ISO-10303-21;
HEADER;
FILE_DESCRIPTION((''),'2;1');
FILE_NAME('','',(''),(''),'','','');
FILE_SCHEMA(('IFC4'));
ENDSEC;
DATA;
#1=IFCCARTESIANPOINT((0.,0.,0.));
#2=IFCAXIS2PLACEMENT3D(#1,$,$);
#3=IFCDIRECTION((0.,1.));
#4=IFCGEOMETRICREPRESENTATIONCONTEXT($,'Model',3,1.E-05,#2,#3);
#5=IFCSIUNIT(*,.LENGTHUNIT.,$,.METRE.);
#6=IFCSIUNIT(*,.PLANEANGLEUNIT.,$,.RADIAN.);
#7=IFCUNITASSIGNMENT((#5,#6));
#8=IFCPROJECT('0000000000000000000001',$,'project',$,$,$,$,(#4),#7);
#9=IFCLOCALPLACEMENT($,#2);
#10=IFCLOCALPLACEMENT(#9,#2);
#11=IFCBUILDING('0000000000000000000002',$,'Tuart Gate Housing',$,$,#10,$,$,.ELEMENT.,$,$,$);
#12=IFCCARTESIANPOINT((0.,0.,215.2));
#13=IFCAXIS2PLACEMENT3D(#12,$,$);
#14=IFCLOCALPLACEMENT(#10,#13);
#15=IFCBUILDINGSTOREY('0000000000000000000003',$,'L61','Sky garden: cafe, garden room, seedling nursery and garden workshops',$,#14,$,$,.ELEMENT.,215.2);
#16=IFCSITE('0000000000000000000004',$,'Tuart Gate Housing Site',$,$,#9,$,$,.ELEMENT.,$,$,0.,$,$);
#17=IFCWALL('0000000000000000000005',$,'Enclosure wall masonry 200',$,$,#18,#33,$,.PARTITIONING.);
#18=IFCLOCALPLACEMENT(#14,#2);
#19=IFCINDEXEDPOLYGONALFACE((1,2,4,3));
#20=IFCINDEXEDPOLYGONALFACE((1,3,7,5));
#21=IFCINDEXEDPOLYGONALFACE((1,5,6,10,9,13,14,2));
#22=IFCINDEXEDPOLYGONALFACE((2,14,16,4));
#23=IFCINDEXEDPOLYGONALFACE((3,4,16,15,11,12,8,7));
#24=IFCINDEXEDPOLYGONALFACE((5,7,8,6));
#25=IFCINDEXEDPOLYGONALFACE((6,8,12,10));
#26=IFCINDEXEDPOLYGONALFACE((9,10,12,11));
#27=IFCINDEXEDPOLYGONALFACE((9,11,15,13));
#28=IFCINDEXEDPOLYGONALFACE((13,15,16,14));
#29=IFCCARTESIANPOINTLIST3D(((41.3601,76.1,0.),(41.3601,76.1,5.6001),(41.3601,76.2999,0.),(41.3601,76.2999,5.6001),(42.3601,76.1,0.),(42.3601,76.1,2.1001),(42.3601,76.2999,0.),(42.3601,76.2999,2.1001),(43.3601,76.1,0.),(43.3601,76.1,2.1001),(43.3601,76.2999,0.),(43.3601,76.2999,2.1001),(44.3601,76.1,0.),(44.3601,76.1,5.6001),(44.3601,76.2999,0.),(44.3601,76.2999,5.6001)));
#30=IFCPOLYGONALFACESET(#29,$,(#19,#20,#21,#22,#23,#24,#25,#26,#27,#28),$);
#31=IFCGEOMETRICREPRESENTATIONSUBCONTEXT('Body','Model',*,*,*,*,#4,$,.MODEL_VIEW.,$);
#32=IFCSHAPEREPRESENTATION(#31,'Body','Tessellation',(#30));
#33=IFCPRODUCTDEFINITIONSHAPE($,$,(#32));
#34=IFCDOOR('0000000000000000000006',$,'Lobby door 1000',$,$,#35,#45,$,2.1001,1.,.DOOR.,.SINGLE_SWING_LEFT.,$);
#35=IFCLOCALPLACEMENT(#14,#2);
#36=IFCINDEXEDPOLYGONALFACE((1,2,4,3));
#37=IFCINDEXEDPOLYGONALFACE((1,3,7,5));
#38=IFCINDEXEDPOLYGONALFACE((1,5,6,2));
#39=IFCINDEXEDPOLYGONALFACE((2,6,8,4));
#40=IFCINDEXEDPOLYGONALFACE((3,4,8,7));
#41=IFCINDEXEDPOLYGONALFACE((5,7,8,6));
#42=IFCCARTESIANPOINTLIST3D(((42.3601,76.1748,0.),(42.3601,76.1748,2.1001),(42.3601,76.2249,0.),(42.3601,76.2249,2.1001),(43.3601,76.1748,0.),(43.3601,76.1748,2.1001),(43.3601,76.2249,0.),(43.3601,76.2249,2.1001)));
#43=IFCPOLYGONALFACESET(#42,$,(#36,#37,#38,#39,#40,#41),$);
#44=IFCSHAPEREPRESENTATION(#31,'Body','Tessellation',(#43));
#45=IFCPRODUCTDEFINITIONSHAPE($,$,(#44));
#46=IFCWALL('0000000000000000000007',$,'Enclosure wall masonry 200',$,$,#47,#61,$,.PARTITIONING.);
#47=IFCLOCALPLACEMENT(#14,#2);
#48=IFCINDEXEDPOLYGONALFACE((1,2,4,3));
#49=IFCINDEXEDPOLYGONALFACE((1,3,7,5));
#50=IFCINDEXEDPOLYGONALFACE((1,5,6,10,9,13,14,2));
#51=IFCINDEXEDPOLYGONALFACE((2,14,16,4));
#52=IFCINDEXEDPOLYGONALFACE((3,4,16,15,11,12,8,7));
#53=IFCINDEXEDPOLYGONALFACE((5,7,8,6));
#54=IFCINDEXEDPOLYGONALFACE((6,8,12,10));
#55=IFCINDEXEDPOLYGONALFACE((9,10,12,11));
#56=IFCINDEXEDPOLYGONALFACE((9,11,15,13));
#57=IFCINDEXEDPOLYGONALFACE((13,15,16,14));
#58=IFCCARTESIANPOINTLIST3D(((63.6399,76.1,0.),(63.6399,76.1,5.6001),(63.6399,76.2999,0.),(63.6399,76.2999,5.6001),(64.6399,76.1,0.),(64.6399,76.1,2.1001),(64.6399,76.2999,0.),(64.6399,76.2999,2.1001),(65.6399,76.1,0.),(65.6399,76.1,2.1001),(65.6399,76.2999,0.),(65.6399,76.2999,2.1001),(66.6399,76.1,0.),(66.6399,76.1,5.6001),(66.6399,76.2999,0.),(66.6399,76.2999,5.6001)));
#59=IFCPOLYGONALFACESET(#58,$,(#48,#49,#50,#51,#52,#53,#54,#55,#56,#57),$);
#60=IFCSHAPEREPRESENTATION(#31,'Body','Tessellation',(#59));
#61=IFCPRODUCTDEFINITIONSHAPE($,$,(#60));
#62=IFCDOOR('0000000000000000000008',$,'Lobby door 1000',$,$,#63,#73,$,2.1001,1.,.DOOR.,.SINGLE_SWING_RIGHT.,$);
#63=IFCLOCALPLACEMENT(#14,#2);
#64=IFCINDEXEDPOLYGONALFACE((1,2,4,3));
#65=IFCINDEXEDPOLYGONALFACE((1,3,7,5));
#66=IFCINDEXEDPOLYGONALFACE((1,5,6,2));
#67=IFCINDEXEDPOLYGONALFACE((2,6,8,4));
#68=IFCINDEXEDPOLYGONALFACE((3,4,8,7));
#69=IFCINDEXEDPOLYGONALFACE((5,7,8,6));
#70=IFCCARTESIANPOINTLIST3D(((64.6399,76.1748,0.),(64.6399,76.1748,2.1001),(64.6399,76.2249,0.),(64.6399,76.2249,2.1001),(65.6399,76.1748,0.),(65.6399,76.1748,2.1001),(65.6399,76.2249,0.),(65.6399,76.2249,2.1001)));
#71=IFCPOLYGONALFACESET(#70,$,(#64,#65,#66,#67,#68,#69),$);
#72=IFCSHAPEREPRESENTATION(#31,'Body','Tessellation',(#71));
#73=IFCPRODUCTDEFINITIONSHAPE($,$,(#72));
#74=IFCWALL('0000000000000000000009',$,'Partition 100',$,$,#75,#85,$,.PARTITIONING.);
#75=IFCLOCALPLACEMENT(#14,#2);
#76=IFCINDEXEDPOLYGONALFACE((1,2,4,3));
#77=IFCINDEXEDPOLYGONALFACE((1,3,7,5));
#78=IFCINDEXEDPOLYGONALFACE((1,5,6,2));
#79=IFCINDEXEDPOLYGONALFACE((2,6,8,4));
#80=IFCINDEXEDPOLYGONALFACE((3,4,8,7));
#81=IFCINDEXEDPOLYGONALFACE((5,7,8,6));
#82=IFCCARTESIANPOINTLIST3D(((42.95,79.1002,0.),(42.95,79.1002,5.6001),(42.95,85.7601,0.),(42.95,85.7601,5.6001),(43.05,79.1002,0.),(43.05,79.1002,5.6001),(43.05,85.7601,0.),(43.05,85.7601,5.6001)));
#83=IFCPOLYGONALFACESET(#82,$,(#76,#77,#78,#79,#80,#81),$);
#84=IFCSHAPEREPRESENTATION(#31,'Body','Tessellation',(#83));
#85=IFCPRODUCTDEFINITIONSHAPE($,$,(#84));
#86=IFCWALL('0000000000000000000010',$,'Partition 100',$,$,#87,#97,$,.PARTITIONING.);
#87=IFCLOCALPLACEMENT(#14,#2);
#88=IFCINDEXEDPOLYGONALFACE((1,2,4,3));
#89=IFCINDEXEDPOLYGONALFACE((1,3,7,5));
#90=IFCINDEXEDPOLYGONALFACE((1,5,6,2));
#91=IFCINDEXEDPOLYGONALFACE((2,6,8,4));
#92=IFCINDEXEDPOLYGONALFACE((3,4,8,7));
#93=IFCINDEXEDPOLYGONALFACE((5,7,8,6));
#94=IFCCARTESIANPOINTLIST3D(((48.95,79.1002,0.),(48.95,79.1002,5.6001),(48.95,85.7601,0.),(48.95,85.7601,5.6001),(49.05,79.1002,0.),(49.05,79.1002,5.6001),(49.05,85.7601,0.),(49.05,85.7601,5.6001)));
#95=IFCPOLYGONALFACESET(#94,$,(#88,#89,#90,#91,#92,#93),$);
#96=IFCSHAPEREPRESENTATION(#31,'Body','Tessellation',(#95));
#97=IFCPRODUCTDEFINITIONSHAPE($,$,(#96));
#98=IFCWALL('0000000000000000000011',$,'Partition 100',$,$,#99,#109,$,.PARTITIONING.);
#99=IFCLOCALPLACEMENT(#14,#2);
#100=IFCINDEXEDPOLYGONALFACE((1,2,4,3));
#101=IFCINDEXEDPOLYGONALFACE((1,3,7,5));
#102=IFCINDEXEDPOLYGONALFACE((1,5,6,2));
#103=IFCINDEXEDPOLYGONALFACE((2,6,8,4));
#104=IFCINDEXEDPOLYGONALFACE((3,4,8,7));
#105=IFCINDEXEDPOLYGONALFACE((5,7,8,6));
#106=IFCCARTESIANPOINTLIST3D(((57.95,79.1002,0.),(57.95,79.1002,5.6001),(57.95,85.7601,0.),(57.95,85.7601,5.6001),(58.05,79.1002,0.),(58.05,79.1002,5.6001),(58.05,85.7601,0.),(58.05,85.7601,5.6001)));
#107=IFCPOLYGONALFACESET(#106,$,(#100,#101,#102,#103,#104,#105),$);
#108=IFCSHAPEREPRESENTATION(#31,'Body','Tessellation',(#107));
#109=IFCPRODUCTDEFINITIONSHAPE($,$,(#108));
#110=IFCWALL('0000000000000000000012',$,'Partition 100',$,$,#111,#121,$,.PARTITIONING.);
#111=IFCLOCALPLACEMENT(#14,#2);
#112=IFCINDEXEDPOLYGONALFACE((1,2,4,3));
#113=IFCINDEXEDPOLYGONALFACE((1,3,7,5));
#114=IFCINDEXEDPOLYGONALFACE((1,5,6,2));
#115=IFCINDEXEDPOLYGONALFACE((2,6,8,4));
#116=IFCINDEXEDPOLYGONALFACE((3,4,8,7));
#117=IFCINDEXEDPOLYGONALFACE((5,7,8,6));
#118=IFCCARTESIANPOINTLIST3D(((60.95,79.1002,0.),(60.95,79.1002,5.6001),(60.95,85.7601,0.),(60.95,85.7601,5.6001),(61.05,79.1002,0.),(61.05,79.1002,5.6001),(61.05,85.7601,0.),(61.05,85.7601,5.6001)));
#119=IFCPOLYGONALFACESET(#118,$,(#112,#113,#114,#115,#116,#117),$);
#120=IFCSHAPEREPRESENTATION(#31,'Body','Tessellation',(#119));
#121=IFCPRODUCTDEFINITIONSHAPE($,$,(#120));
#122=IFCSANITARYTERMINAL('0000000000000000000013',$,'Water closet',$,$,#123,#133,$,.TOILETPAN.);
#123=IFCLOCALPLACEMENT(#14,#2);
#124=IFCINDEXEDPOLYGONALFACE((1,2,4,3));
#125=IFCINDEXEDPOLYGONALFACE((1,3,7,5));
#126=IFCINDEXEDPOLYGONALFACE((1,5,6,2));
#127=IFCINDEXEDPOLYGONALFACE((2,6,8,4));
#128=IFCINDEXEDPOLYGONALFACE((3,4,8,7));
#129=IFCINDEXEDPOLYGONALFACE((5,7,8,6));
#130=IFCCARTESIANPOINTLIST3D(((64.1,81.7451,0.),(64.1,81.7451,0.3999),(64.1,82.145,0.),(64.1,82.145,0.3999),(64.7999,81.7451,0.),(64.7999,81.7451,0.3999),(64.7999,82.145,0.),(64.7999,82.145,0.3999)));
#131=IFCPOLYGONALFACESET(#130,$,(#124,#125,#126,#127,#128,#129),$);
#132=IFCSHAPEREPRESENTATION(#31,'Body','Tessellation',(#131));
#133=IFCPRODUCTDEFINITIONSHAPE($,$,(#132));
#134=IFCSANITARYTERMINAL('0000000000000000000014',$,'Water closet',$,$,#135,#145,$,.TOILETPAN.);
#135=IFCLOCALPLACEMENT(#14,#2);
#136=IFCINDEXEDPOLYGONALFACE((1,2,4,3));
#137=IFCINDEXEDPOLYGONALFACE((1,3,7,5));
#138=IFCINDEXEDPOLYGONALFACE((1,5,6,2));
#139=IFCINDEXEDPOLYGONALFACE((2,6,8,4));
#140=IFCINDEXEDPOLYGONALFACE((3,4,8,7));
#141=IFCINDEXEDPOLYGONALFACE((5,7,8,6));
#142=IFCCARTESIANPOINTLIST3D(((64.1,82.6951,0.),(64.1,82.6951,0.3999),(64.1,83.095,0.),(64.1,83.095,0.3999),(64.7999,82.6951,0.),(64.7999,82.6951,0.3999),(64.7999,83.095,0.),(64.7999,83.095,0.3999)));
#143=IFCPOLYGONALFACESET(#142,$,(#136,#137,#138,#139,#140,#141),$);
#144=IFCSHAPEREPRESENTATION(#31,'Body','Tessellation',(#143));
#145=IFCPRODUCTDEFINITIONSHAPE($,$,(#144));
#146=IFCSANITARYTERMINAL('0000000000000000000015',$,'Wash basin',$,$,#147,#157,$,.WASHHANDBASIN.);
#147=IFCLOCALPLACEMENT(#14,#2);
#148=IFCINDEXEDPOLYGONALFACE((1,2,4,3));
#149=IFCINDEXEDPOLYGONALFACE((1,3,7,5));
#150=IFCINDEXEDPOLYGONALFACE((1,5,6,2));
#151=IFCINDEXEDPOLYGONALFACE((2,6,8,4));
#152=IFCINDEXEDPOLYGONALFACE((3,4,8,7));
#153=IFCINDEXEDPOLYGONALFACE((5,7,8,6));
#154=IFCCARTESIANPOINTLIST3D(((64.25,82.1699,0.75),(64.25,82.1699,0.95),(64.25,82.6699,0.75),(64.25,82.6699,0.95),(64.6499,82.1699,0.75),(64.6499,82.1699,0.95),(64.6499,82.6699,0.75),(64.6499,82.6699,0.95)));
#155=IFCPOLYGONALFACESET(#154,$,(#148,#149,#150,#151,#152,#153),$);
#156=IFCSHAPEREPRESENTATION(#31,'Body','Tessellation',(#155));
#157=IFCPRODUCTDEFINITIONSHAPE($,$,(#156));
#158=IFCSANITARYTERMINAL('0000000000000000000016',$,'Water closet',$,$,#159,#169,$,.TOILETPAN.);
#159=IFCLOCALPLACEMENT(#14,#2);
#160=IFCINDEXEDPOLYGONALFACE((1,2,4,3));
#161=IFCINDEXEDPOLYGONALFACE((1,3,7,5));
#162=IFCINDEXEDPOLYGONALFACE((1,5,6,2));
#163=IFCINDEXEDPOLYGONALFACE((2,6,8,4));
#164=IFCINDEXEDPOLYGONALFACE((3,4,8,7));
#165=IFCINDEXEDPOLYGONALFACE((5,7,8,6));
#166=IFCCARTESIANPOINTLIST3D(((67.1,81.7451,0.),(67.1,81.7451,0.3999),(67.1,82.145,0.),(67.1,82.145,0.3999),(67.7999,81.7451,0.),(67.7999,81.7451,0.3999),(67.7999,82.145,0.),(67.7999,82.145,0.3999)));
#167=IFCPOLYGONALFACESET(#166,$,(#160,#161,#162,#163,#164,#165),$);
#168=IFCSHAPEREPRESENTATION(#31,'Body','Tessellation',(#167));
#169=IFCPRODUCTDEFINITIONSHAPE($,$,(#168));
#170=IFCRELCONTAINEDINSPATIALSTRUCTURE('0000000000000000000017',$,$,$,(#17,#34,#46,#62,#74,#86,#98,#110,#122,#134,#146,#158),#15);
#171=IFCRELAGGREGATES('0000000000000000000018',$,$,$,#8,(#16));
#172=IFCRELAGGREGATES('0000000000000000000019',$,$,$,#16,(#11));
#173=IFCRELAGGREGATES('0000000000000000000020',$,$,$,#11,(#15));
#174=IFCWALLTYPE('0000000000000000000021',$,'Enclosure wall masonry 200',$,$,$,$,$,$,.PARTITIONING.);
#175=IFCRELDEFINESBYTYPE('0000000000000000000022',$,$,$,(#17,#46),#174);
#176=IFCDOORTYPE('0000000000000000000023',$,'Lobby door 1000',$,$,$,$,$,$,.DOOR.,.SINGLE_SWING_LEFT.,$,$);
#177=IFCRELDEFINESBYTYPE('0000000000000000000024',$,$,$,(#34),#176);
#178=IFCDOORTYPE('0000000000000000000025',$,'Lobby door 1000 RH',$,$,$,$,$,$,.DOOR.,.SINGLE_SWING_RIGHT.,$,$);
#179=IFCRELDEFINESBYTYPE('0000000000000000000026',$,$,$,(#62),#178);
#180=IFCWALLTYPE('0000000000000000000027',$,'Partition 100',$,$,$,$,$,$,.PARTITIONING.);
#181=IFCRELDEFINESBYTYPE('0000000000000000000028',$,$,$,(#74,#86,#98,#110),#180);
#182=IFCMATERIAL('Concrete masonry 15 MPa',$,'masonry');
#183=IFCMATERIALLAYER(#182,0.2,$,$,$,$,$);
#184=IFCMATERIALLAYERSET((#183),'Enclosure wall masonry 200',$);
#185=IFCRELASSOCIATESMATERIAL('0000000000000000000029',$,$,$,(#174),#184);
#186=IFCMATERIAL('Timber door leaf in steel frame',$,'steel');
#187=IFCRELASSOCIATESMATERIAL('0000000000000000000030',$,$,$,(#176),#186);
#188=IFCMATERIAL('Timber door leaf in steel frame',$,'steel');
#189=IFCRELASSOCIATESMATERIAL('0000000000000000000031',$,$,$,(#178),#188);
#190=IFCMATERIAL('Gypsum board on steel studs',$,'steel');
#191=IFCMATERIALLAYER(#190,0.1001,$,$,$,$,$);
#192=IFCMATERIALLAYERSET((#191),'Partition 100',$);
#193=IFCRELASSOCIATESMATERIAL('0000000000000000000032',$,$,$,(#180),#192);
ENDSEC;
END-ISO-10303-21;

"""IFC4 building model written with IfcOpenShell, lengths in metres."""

from ifc_helpers import new_model, si_unit, direction, frame, frame_2d, origin, origin_2d, place, context, subcontext, project, spatial, rectangle, extrude, material, layer, layer_set, type_object, element, fill, save


model = new_model("IFC4")

# Units and contexts
model_context = context("Model", 3, precision=1e-05, world=origin(), true_north=direction((0.0, 1.0)))
body_context = subcontext(model_context, "Body", "Model", "MODEL_VIEW")
ifc_project = project(units=[si_unit("LENGTHUNIT", "METRE"), si_unit("PLANEANGLEUNIT", "RADIAN")], contexts=[model_context])

# Site, building, storey
site_placement = place(None, origin())
site = spatial("IfcSite", under=ifc_project, at=site_placement, Name="Tuart Gate Housing Site", CompositionType="ELEMENT", RefElevation=0.0)
building_placement = place(site_placement, origin())
building = spatial("IfcBuilding", under=site, at=building_placement, Name="Tuart Gate Housing", CompositionType="ELEMENT")
storey_placement = place(building_placement, frame((0.0, 0.0, 215.2)))
storey = spatial("IfcBuildingStorey", under=building, at=storey_placement, Name="L61", Description="Sky garden: cafe, garden room, seedling nursery and garden workshops", CompositionType="ELEMENT", Elevation=215.2)

# Walls, openings, doors
ifc_material_1 = material(Name="Concrete masonry 15 MPa", Category="masonry")
ifc_layer_1 = layer(ifc_material_1, 0.2)
ifc_layer_set_1 = layer_set([ifc_layer_1], Name="Enclosure wall masonry 200")
wall_type_1 = type_object("IfcWallType", Name="Enclosure wall masonry 200", PredefinedType="PARTITIONING", material=ifc_layer_set_1)
wall_1_placement = place(storey_placement, frame((41.3601, 76.2, 0.0), z_axis=(0.0, 0.0, 1.0), x_axis=(1.0, 0.0, 0.0)))
wall_1 = element("IfcWall", 1, at=wall_1_placement, inside=storey, type_object=wall_type_1, Name="Enclosure wall masonry 200", PredefinedType="PARTITIONING", context=body_context, shape_type="SweptSolid", body=[
    extrude(rectangle(XDim=3.0, YDim=0.2, at=frame_2d((1.5, 0.0))), origin(), (0.0, 0.0, 1.0), 5.6001),
])
opening_1_placement = place(wall_1_placement, frame((1.0, 0.0, 0.0)))
opening_1 = element("IfcOpeningElement", 2, at=opening_1_placement, cuts=wall_1, PredefinedType="OPENING", context=body_context, shape_type="SweptSolid", body=[
    extrude(rectangle(XDim=1.0, YDim=2.1001, at=frame_2d((0.5, 1.05))), frame((0.0, 0.1099, 0.0), z_axis=(0.0, -1.0, 0.0), x_axis=(1.0, 0.0, 0.0)), (0.0, 0.0, 1.0), 0.22),
])
ifc_material_2 = material(Name="Timber door leaf in steel frame", Category="steel")
door_type_1 = type_object("IfcDoorType", Name="Lobby door 1000", OperationType="SINGLE_SWING_LEFT", PredefinedType="DOOR", material=ifc_material_2)
door_1_placement = place(opening_1_placement, frame((1.0, 0.0, 0.0), z_axis=(0.0, 0.0, 1.0), x_axis=(-1.0, 0.0, 0.0)))
door_1 = element("IfcDoor", 3, at=door_1_placement, inside=storey, type_object=door_type_1, Name="Lobby door 1000", OperationType="SINGLE_SWING_LEFT", OverallHeight=2.1001, OverallWidth=1.0, PredefinedType="DOOR", context=body_context, shape_type="SweptSolid", body=[
    extrude(rectangle(XDim=1.0, YDim=2.1001, at=frame_2d((0.5, 1.05))), frame((0.0, 0.0251, 0.0), z_axis=(0.0, -1.0, 0.0), x_axis=(1.0, 0.0, 0.0)), (0.0, 0.0, 1.0), 0.05),
])
fill(opening_1, door_1)
wall_2_placement = place(storey_placement, frame((63.6399, 76.2, 0.0), z_axis=(0.0, 0.0, 1.0), x_axis=(1.0, 0.0, 0.0)))
wall_2 = element("IfcWall", 4, at=wall_2_placement, inside=storey, type_object=wall_type_1, Name="Enclosure wall masonry 200", PredefinedType="PARTITIONING", context=body_context, shape_type="SweptSolid", body=[
    extrude(rectangle(XDim=3.0, YDim=0.2, at=frame_2d((1.5, 0.0))), origin(), (0.0, 0.0, 1.0), 5.6001),
])
opening_2_placement = place(wall_2_placement, frame((1.0, 0.0, 0.0)))
opening_2 = element("IfcOpeningElement", 5, at=opening_2_placement, cuts=wall_2, PredefinedType="OPENING", context=body_context, shape_type="SweptSolid", body=[
    extrude(rectangle(XDim=1.0, YDim=2.1001, at=frame_2d((0.5, 1.05))), frame((0.0, 0.1099, 0.0), z_axis=(0.0, -1.0, 0.0), x_axis=(1.0, 0.0, 0.0)), (0.0, 0.0, 1.0), 0.22),
])
ifc_material_3 = material(Name="Timber door leaf in steel frame", Category="steel")
door_type_2 = type_object("IfcDoorType", Name="Lobby door 1000 RH", OperationType="SINGLE_SWING_RIGHT", PredefinedType="DOOR", material=ifc_material_3)
door_2_placement = place(opening_2_placement, frame((1.0, 0.0, 0.0), z_axis=(0.0, 0.0, 1.0), x_axis=(-1.0, 0.0, 0.0)))
door_2 = element("IfcDoor", 6, at=door_2_placement, inside=storey, type_object=door_type_2, Name="Lobby door 1000", OperationType="SINGLE_SWING_RIGHT", OverallHeight=2.1001, OverallWidth=1.0, PredefinedType="DOOR", context=body_context, shape_type="SweptSolid", body=[
    extrude(rectangle(XDim=1.0, YDim=2.1001, at=frame_2d((0.5, 1.05))), frame((0.0, 0.0251, 0.0), z_axis=(0.0, -1.0, 0.0), x_axis=(1.0, 0.0, 0.0)), (0.0, 0.0, 1.0), 0.05),
])
fill(opening_2, door_2)

# Walls
ifc_material_4 = material(Name="Gypsum board on steel studs", Category="steel")
ifc_layer_2 = layer(ifc_material_4, 0.1001)
ifc_layer_set_2 = layer_set([ifc_layer_2], Name="Partition 100")
wall_type_2 = type_object("IfcWallType", Name="Partition 100", PredefinedType="PARTITIONING", material=ifc_layer_set_2)
for number, where, z_axis, x_axis, name in (
    (7, (43.0, 79.1001, 0.0), (0.0, 0.0, 1.0), (0.0, 1.0, 0.0), "Partition 100"),
    (8, (49.0, 79.1001, 0.0), (0.0, 0.0, 1.0), (0.0, 1.0, 0.0), "Partition 100"),
    (9, (58.0, 79.1001, 0.0), (0.0, 0.0, 1.0), (0.0, 1.0, 0.0), "Partition 100"),
    (10, (61.0, 79.1001, 0.0), (0.0, 0.0, 1.0), (0.0, 1.0, 0.0), "Partition 100"),
):
    element("IfcWall", number, at=place(storey_placement, frame(where, z_axis=z_axis, x_axis=x_axis)), inside=storey, type_object=wall_type_2, Name=name, PredefinedType="PARTITIONING", context=body_context, shape_type="SweptSolid", body=[
        extrude(rectangle(XDim=6.6599, YDim=0.1001, at=frame_2d((3.3301, 0.0))), origin(), (0.0, 0.0, 1.0), 5.6001),
    ])

# Sanitary terminals
for number, where, z_axis, x_axis, name in (
    (11, (64.45, 81.9451, 0.0), (0.0, 0.0, 1.0), (1.0, 0.0, 0.0), "Water closet"),
    (12, (64.45, 82.895, 0.0), (0.0, 0.0, 1.0), (1.0, 0.0, 0.0), "Water closet"),
):
    element("IfcSanitaryTerminal", number, at=place(storey_placement, frame(where, z_axis=z_axis, x_axis=x_axis)), inside=storey, Name=name, PredefinedType="TOILETPAN", context=body_context, shape_type="SweptSolid", body=[
        extrude(rectangle(XDim=0.7, YDim=0.3999, at=origin_2d()), origin(), (0.0, 0.0, 1.0), 0.3999),
    ])
sanitary_terminal_1_placement = place(storey_placement, frame((64.45, 82.4199, 0.75), z_axis=(0.0, 0.0, 1.0), x_axis=(1.0, 0.0, 0.0)))
element("IfcSanitaryTerminal", 13, at=sanitary_terminal_1_placement, inside=storey, Name="Wash basin", PredefinedType="WASHHANDBASIN", context=body_context, shape_type="SweptSolid", body=[
    extrude(rectangle(XDim=0.3999, YDim=0.5, at=origin_2d()), origin(), (0.0, 0.0, 1.0), 0.2),
])
sanitary_terminal_2_placement = place(storey_placement, frame((67.45, 81.9451, 0.0), z_axis=(0.0, 0.0, 1.0), x_axis=(1.0, 0.0, 0.0)))
element("IfcSanitaryTerminal", 14, at=sanitary_terminal_2_placement, inside=storey, Name="Water closet", PredefinedType="TOILETPAN", context=body_context, shape_type="SweptSolid", body=[
    extrude(rectangle(XDim=0.7, YDim=0.3999, at=origin_2d()), origin(), (0.0, 0.0, 1.0), 0.3999),
])

save(model, "model.ifc")
